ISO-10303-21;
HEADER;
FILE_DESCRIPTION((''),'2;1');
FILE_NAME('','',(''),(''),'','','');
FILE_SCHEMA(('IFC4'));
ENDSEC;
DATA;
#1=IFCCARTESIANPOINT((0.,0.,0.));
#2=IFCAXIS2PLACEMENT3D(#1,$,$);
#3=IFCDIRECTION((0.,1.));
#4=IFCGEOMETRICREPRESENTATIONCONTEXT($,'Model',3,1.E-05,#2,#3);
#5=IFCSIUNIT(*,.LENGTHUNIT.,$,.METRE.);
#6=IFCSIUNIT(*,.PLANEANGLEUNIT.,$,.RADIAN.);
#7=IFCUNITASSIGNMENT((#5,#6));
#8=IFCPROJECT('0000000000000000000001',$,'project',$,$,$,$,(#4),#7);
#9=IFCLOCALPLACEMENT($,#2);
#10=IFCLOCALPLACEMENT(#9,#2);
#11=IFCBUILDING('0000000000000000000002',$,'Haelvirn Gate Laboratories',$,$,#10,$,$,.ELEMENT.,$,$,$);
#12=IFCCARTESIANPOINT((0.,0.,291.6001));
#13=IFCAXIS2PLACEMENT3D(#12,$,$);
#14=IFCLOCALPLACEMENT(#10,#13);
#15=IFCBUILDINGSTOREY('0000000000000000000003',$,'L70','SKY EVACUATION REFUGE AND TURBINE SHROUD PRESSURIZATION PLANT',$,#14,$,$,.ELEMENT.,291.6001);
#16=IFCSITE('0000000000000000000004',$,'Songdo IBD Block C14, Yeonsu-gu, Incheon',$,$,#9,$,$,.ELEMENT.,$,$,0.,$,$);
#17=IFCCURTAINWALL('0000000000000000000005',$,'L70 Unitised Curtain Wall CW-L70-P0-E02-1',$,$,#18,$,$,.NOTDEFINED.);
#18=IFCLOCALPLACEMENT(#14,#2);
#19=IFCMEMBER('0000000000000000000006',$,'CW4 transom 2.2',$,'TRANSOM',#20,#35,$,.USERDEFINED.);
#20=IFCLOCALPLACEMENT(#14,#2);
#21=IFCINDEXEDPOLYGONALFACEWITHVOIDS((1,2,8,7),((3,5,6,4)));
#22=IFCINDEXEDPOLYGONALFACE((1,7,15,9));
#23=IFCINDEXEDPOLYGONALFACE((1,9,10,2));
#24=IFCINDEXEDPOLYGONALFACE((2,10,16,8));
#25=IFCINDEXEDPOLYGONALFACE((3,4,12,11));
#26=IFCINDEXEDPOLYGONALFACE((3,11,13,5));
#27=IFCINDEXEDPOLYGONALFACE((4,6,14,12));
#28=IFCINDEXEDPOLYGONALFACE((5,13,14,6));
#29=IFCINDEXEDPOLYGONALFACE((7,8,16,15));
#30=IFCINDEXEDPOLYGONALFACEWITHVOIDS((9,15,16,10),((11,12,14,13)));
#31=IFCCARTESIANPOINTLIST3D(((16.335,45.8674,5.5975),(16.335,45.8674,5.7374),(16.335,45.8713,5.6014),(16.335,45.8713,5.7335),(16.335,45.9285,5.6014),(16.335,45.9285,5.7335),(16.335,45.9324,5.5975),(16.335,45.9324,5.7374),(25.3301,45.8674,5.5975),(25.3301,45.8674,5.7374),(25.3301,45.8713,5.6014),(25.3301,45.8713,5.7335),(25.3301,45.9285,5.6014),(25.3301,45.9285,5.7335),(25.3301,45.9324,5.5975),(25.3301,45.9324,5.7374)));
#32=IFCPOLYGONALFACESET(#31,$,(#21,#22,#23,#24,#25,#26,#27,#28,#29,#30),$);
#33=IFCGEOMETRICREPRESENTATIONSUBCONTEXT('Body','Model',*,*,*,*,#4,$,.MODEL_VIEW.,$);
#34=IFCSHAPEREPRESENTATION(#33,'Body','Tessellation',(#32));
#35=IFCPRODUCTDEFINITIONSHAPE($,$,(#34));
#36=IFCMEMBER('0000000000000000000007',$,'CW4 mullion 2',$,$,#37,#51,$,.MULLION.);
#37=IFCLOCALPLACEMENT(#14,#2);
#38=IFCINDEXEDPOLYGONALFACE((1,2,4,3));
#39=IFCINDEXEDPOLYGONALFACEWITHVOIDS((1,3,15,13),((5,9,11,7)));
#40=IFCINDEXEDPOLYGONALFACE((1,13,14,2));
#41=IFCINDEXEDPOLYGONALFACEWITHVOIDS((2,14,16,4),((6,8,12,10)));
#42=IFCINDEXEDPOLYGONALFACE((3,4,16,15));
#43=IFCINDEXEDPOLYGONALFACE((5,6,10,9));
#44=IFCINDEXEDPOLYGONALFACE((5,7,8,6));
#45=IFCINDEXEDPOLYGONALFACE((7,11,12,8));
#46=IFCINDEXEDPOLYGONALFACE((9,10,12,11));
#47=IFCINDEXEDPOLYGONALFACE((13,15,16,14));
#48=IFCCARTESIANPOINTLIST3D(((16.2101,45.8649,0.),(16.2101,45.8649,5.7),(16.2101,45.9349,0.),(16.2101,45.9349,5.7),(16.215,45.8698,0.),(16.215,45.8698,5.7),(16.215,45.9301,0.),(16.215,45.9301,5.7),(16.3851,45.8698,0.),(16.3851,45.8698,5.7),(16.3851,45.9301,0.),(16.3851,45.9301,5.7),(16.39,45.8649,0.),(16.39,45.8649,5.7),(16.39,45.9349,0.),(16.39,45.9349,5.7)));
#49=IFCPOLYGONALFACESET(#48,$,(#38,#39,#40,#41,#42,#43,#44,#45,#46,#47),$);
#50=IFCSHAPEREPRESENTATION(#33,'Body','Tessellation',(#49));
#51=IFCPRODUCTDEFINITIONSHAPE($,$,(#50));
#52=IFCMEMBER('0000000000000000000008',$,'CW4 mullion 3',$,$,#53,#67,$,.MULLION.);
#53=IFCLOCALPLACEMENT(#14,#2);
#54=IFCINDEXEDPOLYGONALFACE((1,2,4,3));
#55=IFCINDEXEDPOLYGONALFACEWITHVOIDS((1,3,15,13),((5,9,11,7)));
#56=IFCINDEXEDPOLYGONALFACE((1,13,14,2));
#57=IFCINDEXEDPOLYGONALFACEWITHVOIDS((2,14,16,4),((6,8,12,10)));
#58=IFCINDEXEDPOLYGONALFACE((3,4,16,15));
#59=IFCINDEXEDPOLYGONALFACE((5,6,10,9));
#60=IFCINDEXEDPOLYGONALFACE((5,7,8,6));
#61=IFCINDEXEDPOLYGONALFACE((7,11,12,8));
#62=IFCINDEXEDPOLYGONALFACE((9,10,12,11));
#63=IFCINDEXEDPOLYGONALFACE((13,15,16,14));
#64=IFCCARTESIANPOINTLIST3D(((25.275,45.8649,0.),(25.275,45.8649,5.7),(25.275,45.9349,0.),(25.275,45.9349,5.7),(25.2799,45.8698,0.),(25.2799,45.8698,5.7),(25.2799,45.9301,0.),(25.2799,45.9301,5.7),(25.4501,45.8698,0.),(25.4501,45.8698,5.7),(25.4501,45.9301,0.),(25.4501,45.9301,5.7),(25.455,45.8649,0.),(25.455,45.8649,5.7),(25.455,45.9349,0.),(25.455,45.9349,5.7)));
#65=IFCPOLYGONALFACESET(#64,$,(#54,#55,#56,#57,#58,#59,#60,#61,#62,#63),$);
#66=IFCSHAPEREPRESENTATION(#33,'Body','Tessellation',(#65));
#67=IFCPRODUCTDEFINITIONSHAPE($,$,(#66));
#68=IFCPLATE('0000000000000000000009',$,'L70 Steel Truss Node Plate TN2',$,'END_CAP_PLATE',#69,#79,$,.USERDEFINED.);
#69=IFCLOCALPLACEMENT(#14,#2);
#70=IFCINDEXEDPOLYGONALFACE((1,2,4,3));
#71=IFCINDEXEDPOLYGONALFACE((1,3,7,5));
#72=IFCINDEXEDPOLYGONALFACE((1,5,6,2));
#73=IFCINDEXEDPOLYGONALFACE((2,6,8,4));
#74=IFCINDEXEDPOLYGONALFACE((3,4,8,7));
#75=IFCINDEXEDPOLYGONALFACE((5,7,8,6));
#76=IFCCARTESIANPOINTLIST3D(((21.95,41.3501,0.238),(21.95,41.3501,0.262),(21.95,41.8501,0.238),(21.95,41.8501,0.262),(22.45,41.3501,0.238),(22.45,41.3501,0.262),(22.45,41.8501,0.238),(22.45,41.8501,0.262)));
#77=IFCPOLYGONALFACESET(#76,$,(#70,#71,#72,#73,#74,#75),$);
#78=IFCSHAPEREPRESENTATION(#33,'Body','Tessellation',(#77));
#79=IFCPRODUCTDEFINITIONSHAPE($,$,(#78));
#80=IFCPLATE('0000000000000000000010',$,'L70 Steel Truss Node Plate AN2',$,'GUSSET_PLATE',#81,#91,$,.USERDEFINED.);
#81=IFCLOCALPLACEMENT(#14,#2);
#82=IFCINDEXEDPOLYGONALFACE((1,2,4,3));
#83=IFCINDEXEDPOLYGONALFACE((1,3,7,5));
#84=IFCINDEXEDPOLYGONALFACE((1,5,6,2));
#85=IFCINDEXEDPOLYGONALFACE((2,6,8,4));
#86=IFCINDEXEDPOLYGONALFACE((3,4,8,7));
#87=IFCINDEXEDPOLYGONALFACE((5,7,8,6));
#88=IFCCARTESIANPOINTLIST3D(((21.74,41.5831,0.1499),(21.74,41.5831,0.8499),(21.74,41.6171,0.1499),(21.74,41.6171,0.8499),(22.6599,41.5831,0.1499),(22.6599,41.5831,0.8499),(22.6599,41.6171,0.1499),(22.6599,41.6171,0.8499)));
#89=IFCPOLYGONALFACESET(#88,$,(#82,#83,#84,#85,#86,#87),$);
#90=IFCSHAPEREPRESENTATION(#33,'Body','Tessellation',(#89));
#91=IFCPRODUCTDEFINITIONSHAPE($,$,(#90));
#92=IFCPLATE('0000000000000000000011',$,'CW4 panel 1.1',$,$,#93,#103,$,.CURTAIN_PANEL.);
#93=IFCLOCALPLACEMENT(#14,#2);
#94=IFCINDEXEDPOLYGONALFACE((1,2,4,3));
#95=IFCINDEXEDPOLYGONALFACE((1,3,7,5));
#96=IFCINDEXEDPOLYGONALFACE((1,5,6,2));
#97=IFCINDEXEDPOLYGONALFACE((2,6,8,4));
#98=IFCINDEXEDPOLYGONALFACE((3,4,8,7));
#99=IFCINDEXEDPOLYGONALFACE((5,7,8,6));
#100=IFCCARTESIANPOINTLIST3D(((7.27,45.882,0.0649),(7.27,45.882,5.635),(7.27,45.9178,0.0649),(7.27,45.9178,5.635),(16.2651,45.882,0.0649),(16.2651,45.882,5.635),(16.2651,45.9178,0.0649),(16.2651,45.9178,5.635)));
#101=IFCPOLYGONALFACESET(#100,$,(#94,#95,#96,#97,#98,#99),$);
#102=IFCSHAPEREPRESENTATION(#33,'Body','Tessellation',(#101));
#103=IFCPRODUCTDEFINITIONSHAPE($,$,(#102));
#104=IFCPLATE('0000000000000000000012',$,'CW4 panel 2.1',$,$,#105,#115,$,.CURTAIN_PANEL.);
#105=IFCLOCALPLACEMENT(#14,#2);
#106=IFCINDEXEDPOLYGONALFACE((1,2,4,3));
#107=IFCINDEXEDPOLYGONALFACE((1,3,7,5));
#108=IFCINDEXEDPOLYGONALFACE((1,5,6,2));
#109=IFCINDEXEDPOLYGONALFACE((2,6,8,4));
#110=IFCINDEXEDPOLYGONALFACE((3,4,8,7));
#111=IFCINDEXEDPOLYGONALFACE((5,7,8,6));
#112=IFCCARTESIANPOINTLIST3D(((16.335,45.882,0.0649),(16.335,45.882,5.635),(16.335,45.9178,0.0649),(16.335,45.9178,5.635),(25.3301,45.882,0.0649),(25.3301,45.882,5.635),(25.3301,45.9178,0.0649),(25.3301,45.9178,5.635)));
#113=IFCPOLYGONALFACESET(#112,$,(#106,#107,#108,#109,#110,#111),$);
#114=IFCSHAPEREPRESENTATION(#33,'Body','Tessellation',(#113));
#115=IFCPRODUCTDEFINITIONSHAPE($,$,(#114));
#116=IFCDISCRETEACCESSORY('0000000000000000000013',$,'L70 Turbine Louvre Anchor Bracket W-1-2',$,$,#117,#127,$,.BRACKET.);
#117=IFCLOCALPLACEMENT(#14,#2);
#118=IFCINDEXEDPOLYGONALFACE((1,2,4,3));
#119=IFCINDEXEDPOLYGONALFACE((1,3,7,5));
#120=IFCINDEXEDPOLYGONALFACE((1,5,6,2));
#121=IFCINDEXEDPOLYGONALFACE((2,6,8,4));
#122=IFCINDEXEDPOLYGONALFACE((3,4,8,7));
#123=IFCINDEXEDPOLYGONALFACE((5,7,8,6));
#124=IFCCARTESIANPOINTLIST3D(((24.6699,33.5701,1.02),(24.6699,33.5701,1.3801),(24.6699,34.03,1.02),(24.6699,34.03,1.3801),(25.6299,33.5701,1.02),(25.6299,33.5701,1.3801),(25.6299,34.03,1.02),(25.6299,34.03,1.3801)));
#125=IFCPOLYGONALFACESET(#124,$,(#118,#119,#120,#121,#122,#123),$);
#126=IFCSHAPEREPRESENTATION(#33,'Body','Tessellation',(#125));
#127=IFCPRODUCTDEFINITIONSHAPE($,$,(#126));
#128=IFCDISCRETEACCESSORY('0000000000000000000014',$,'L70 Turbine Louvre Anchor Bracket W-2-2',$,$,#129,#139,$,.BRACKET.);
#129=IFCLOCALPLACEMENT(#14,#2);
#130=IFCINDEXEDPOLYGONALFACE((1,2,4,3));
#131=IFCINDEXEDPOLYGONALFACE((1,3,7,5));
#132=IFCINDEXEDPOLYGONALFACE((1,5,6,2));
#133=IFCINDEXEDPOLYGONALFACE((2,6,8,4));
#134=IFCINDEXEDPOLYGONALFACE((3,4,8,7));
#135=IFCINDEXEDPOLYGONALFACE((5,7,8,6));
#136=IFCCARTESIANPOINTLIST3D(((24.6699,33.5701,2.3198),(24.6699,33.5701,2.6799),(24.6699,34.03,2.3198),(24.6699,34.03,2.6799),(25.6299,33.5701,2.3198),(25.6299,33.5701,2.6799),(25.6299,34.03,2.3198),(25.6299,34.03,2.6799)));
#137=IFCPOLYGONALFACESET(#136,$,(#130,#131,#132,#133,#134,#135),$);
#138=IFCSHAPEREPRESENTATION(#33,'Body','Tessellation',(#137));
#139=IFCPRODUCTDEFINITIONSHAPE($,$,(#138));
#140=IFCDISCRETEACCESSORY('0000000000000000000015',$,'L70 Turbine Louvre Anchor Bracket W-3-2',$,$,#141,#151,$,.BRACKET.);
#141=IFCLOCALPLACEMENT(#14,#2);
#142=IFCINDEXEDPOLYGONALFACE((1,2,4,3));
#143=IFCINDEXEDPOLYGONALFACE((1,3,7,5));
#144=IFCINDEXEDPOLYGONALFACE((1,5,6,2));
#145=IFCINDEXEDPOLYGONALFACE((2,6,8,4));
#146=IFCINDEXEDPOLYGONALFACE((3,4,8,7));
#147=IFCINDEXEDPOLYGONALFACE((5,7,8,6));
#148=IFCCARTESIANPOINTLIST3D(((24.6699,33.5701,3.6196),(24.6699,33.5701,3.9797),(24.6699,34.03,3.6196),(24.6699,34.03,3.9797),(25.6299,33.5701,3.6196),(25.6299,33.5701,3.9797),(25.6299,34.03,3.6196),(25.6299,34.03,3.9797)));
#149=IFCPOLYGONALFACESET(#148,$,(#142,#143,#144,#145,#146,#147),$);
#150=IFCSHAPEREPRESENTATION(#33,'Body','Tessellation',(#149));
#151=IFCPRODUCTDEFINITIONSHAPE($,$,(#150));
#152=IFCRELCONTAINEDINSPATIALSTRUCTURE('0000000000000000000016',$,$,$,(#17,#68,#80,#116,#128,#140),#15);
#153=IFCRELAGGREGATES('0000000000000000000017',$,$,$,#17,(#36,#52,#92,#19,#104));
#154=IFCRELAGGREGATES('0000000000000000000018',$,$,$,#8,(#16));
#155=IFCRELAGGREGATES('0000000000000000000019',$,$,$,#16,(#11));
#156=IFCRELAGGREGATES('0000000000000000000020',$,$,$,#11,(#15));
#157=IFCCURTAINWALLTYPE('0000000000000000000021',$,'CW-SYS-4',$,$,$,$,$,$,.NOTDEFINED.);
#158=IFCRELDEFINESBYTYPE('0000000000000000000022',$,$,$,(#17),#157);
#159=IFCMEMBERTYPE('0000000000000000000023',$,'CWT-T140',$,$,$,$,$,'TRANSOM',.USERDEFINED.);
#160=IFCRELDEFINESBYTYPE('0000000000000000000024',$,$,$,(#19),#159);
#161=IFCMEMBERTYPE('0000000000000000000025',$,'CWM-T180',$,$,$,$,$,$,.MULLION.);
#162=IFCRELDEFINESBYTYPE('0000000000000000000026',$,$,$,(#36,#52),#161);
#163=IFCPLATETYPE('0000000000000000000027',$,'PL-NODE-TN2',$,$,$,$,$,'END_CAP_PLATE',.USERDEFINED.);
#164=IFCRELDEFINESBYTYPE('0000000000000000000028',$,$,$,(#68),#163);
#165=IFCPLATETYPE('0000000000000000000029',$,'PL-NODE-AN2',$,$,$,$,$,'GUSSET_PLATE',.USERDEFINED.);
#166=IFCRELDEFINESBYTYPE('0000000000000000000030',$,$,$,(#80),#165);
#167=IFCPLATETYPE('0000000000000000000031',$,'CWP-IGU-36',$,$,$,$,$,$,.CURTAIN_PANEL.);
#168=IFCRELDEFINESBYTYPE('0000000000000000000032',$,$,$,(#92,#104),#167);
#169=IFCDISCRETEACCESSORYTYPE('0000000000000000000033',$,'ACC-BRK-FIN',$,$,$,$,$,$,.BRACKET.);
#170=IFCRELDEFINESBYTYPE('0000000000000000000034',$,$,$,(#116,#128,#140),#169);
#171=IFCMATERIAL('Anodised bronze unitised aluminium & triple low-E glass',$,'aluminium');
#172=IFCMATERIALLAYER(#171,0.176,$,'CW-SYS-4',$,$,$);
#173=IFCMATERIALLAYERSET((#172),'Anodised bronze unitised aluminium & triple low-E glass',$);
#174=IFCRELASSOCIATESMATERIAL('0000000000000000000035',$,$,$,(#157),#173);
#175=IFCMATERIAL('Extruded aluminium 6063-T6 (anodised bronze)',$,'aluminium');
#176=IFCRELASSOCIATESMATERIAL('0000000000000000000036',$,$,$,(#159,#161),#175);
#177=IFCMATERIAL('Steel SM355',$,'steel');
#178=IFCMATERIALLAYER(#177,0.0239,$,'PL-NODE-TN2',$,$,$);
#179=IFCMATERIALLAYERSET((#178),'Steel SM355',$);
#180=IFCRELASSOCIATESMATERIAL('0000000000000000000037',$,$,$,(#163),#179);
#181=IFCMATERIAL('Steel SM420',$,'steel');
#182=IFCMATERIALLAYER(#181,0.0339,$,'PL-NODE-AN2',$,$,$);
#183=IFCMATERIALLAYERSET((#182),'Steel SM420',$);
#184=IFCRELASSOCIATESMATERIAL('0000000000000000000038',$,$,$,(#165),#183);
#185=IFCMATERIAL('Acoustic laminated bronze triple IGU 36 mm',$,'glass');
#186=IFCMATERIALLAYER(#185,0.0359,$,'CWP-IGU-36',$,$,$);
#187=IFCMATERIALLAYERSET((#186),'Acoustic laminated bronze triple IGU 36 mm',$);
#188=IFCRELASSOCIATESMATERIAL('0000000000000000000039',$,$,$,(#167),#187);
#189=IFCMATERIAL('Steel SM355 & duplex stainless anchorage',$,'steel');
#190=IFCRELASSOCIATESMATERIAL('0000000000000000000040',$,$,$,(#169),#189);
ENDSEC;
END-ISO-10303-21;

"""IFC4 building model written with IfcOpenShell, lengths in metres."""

from ifc_helpers import new_model, si_unit, direction, frame, origin, origin_2d, place, context, subcontext, project, spatial, rectangle, hollow_rectangle, extrude, source, transform, mapped, material, layer, layer_set, material_profile, profile_set, type_object, type_shapes, element, aggregate, save


model = new_model("IFC4")

# Units and contexts
model_context = context("Model", 3, precision=1e-05, world=origin(), true_north=direction((0.0, 1.0)))
body_context = subcontext(model_context, "Body", "Model", "MODEL_VIEW")
ifc_project = project(units=[si_unit("LENGTHUNIT", "METRE"), si_unit("PLANEANGLEUNIT", "RADIAN")], contexts=[model_context])

# Site, building, storey
site_placement = place(None, origin())
site = spatial("IfcSite", under=ifc_project, at=site_placement, Name="Songdo IBD Block C14, Yeonsu-gu, Incheon", CompositionType="ELEMENT", RefElevation=0.0)
building_placement = place(site_placement, origin())
building = spatial("IfcBuilding", under=site, at=building_placement, Name="Haelvirn Gate Laboratories", CompositionType="ELEMENT")
storey_placement = place(building_placement, frame((0.0, 0.0, 291.6001)))
storey = spatial("IfcBuildingStorey", under=building, at=storey_placement, Name="L70", Description="SKY EVACUATION REFUGE AND TURBINE SHROUD PRESSURIZATION PLANT", CompositionType="ELEMENT", Elevation=291.6001)

# Shared definitions
ifc_material_1 = material(Name="Steel SM420", Category="steel")
ifc_material_2 = material(Name="Steel SM355", Category="steel")

# Curtain wall, members
ifc_material_3 = material(Name="Anodised bronze unitised aluminium & triple low-E glass", Category="aluminium")
ifc_layer_1 = layer(ifc_material_3, 0.176, Name="CW-SYS-4")
ifc_layer_set_1 = layer_set([ifc_layer_1], Name="Anodised bronze unitised aluminium & triple low-E glass")
curtain_wall_type = type_object("IfcCurtainWallType", Name="CW-SYS-4", PredefinedType="NOTDEFINED", material=ifc_layer_set_1)
curtain_wall_placement = place(storey_placement, origin())
curtain_wall = element("IfcCurtainWall", 1, at=curtain_wall_placement, inside=storey, type_object=curtain_wall_type, Name="L70 Unitised Curtain Wall CW-L70-P0-E02-1", PredefinedType="NOTDEFINED")
ifc_material_4 = material(Name="Extruded aluminium 6063-T6 (anodised bronze)", Category="aluminium")
ifc_material_profile_1 = material_profile(ifc_material_4, hollow_rectangle(XDim=0.0649, YDim=0.1399, WallThickness=0.0039, at=origin_2d()), Name="CWT-140x65x4")
ifc_profile_set_1 = profile_set([ifc_material_profile_1], Name="Extruded aluminium 6063-T6 (anodised bronze)")
member_type_1 = type_object("IfcMemberType", Name="CWT-T140", ElementType="TRANSOM", PredefinedType="USERDEFINED", material=ifc_profile_set_1)
shared_shape_1 = source(origin(), body_context, "Body", "SweptSolid", [
    extrude(hollow_rectangle(XDim=0.0649, YDim=0.1399, WallThickness=0.0039, at=origin_2d()), origin(), (0.0, 0.0, 1.0), 8.9951),
])
type_shapes(member_type_1, [shared_shape_1])
member_1_placement = place(storey_placement, frame((16.335, 45.8999, 5.6675), z_axis=(1.0, 0.0, 0.0), x_axis=(0.0, 1.0, 0.0)))
member_1 = element("IfcMember", 2, at=member_1_placement, type_object=member_type_1, Name="CW4 transom 2.2", ObjectType="TRANSOM", PredefinedType="USERDEFINED", context=body_context, shape_type="MappedRepresentation", body=[
    mapped(shared_shape_1, transform((0.0, 0.0, 0.0), scale=1.0)),
])
ifc_material_profile_2 = material_profile(ifc_material_4, hollow_rectangle(XDim=0.0701, YDim=0.1799, WallThickness=0.0049, at=origin_2d()), Name="CWM-180x70x5")
ifc_profile_set_2 = profile_set([ifc_material_profile_2], Name="Extruded aluminium 6063-T6 (anodised bronze)")
member_type_2 = type_object("IfcMemberType", Name="CWM-T180", PredefinedType="MULLION", material=ifc_profile_set_2)
shared_shape_2 = source(origin(), body_context, "Body", "SweptSolid", [
    extrude(hollow_rectangle(XDim=0.0701, YDim=0.1799, WallThickness=0.0049, at=origin_2d()), origin(), (0.0, 0.0, 1.0), 5.7),
])
type_shapes(member_type_2, [shared_shape_2])
member_2_placement = place(storey_placement, frame((16.3, 45.8999, 0.0), z_axis=(0.0, 0.0, 1.0), x_axis=(0.0, 1.0, 0.0)))
member_2 = element("IfcMember", 3, at=member_2_placement, type_object=member_type_2, Name="CW4 mullion 2", PredefinedType="MULLION", context=body_context, shape_type="MappedRepresentation", body=[
    mapped(shared_shape_2, transform((0.0, 0.0, 0.0), scale=1.0)),
])
member_3_placement = place(storey_placement, frame((25.365, 45.8999, 0.0), z_axis=(0.0, 0.0, 1.0), x_axis=(0.0, 1.0, 0.0)))
member_3 = element("IfcMember", 4, at=member_3_placement, type_object=member_type_2, Name="CW4 mullion 3", PredefinedType="MULLION", context=body_context, shape_type="MappedRepresentation", body=[
    mapped(shared_shape_2, transform((0.0, 0.0, 0.0), scale=1.0)),
])

# Plates
ifc_layer_2 = layer(ifc_material_2, 0.0239, Name="PL-NODE-TN2")
ifc_layer_set_2 = layer_set([ifc_layer_2], Name="Steel SM355")
plate_type_1 = type_object("IfcPlateType", Name="PL-NODE-TN2", ElementType="END_CAP_PLATE", PredefinedType="USERDEFINED", material=ifc_layer_set_2)
shared_shape_3 = source(origin(), body_context, "Body", "SweptSolid", [
    extrude(rectangle(XDim=0.5, YDim=0.5, at=origin_2d()), origin(), (0.0, 0.0, 1.0), 0.0239),
])
type_shapes(plate_type_1, [shared_shape_3])
plate_1_placement = place(storey_placement, frame((22.2, 41.6001, 0.238), z_axis=(0.0, 0.0, 1.0), x_axis=(1.0, 0.0, 0.0)))
element("IfcPlate", 5, at=plate_1_placement, inside=storey, type_object=plate_type_1, Name="L70 Steel Truss Node Plate TN2", ObjectType="END_CAP_PLATE", PredefinedType="USERDEFINED", context=body_context, shape_type="MappedRepresentation", body=[
    mapped(shared_shape_3, transform((0.0, 0.0, 0.0), scale=1.0)),
])
ifc_layer_3 = layer(ifc_material_1, 0.0339, Name="PL-NODE-AN2")
ifc_layer_set_3 = layer_set([ifc_layer_3], Name="Steel SM420")
plate_type_2 = type_object("IfcPlateType", Name="PL-NODE-AN2", ElementType="GUSSET_PLATE", PredefinedType="USERDEFINED", material=ifc_layer_set_3)
shared_shape_4 = source(origin(), body_context, "Body", "SweptSolid", [
    extrude(rectangle(XDim=0.9199, YDim=0.0339, at=origin_2d()), origin(), (0.0, 0.0, 1.0), 0.7),
])
type_shapes(plate_type_2, [shared_shape_4])
plate_2_placement = place(storey_placement, frame((22.2, 41.6001, 0.1499), z_axis=(0.0, 0.0, 1.0), x_axis=(1.0, 0.0, 0.0)))
element("IfcPlate", 6, at=plate_2_placement, inside=storey, type_object=plate_type_2, Name="L70 Steel Truss Node Plate AN2", ObjectType="GUSSET_PLATE", PredefinedType="USERDEFINED", context=body_context, shape_type="MappedRepresentation", body=[
    mapped(shared_shape_4, transform((0.0, 0.0, 0.0), scale=1.0)),
])

# Plates
ifc_material_5 = material(Name="Acoustic laminated bronze triple IGU 36 mm", Category="glass")
ifc_layer_4 = layer(ifc_material_5, 0.0359, Name="CWP-IGU-36")
ifc_layer_set_4 = layer_set([ifc_layer_4], Name="Acoustic laminated bronze triple IGU 36 mm")
plate_type_3 = type_object("IfcPlateType", Name="CWP-IGU-36", PredefinedType="CURTAIN_PANEL", material=ifc_layer_set_4)
shared_shape_5 = source(origin(), body_context, "Body", "SweptSolid", [
    extrude(rectangle(XDim=8.9951, YDim=0.0359, at=origin_2d()), origin(), (0.0, 0.0, 1.0), 5.5701),
])
type_shapes(plate_type_3, [shared_shape_5])
plate_3_placement = place(storey_placement, frame((11.7676, 45.8999, 0.0649), z_axis=(0.0, 0.0, 1.0), x_axis=(1.0, 0.0, 0.0)))
plate_3 = element("IfcPlate", 7, at=plate_3_placement, type_object=plate_type_3, Name="CW4 panel 1.1", PredefinedType="CURTAIN_PANEL", context=body_context, shape_type="MappedRepresentation", body=[
    mapped(shared_shape_5, transform((0.0, 0.0, 0.0), scale=1.0)),
])
plate_4_placement = place(storey_placement, frame((20.8325, 45.8999, 0.0649), z_axis=(0.0, 0.0, 1.0), x_axis=(1.0, 0.0, 0.0)))
plate_4 = element("IfcPlate", 8, at=plate_4_placement, type_object=plate_type_3, Name="CW4 panel 2.1", PredefinedType="CURTAIN_PANEL", context=body_context, shape_type="MappedRepresentation", body=[
    mapped(shared_shape_5, transform((0.0, 0.0, 0.0), scale=1.0)),
])
aggregate(curtain_wall, [member_2, member_3, plate_3, member_1, plate_4])

# Discrete accessories
ifc_material_6 = material(Name="Steel SM355 & duplex stainless anchorage", Category="steel")
discrete_accessory_type = type_object("IfcDiscreteAccessoryType", Name="ACC-BRK-FIN", PredefinedType="BRACKET", material=ifc_material_6)
shared_shape_6 = source(origin(), body_context, "Body", "SweptSolid", [
    extrude(rectangle(XDim=0.96, YDim=0.46, at=origin_2d()), origin(), (0.0, 0.0, 1.0), 0.3601),
])
type_shapes(discrete_accessory_type, [shared_shape_6])
for number, where, z_axis, x_axis, name in (
    (9, (25.1499, 33.8, 1.02), (0.0, 0.0, 1.0), (1.0, 0.0, 0.0), "L70 Turbine Louvre Anchor Bracket W-1-2"),
    (10, (25.1499, 33.8, 2.3198), (0.0, 0.0, 1.0), (1.0, 0.0, 0.0), "L70 Turbine Louvre Anchor Bracket W-2-2"),
    (11, (25.1499, 33.8, 3.6196), (0.0, 0.0, 1.0), (1.0, 0.0, 0.0), "L70 Turbine Louvre Anchor Bracket W-3-2"),
):
    element("IfcDiscreteAccessory", number, at=place(storey_placement, frame(where, z_axis=z_axis, x_axis=x_axis)), inside=storey, type_object=discrete_accessory_type, Name=name, PredefinedType="BRACKET", context=body_context, shape_type="MappedRepresentation", body=[
        mapped(shared_shape_6, transform((0.0, 0.0, 0.0), scale=1.0)),
    ])

save(model, "model.ifc")
